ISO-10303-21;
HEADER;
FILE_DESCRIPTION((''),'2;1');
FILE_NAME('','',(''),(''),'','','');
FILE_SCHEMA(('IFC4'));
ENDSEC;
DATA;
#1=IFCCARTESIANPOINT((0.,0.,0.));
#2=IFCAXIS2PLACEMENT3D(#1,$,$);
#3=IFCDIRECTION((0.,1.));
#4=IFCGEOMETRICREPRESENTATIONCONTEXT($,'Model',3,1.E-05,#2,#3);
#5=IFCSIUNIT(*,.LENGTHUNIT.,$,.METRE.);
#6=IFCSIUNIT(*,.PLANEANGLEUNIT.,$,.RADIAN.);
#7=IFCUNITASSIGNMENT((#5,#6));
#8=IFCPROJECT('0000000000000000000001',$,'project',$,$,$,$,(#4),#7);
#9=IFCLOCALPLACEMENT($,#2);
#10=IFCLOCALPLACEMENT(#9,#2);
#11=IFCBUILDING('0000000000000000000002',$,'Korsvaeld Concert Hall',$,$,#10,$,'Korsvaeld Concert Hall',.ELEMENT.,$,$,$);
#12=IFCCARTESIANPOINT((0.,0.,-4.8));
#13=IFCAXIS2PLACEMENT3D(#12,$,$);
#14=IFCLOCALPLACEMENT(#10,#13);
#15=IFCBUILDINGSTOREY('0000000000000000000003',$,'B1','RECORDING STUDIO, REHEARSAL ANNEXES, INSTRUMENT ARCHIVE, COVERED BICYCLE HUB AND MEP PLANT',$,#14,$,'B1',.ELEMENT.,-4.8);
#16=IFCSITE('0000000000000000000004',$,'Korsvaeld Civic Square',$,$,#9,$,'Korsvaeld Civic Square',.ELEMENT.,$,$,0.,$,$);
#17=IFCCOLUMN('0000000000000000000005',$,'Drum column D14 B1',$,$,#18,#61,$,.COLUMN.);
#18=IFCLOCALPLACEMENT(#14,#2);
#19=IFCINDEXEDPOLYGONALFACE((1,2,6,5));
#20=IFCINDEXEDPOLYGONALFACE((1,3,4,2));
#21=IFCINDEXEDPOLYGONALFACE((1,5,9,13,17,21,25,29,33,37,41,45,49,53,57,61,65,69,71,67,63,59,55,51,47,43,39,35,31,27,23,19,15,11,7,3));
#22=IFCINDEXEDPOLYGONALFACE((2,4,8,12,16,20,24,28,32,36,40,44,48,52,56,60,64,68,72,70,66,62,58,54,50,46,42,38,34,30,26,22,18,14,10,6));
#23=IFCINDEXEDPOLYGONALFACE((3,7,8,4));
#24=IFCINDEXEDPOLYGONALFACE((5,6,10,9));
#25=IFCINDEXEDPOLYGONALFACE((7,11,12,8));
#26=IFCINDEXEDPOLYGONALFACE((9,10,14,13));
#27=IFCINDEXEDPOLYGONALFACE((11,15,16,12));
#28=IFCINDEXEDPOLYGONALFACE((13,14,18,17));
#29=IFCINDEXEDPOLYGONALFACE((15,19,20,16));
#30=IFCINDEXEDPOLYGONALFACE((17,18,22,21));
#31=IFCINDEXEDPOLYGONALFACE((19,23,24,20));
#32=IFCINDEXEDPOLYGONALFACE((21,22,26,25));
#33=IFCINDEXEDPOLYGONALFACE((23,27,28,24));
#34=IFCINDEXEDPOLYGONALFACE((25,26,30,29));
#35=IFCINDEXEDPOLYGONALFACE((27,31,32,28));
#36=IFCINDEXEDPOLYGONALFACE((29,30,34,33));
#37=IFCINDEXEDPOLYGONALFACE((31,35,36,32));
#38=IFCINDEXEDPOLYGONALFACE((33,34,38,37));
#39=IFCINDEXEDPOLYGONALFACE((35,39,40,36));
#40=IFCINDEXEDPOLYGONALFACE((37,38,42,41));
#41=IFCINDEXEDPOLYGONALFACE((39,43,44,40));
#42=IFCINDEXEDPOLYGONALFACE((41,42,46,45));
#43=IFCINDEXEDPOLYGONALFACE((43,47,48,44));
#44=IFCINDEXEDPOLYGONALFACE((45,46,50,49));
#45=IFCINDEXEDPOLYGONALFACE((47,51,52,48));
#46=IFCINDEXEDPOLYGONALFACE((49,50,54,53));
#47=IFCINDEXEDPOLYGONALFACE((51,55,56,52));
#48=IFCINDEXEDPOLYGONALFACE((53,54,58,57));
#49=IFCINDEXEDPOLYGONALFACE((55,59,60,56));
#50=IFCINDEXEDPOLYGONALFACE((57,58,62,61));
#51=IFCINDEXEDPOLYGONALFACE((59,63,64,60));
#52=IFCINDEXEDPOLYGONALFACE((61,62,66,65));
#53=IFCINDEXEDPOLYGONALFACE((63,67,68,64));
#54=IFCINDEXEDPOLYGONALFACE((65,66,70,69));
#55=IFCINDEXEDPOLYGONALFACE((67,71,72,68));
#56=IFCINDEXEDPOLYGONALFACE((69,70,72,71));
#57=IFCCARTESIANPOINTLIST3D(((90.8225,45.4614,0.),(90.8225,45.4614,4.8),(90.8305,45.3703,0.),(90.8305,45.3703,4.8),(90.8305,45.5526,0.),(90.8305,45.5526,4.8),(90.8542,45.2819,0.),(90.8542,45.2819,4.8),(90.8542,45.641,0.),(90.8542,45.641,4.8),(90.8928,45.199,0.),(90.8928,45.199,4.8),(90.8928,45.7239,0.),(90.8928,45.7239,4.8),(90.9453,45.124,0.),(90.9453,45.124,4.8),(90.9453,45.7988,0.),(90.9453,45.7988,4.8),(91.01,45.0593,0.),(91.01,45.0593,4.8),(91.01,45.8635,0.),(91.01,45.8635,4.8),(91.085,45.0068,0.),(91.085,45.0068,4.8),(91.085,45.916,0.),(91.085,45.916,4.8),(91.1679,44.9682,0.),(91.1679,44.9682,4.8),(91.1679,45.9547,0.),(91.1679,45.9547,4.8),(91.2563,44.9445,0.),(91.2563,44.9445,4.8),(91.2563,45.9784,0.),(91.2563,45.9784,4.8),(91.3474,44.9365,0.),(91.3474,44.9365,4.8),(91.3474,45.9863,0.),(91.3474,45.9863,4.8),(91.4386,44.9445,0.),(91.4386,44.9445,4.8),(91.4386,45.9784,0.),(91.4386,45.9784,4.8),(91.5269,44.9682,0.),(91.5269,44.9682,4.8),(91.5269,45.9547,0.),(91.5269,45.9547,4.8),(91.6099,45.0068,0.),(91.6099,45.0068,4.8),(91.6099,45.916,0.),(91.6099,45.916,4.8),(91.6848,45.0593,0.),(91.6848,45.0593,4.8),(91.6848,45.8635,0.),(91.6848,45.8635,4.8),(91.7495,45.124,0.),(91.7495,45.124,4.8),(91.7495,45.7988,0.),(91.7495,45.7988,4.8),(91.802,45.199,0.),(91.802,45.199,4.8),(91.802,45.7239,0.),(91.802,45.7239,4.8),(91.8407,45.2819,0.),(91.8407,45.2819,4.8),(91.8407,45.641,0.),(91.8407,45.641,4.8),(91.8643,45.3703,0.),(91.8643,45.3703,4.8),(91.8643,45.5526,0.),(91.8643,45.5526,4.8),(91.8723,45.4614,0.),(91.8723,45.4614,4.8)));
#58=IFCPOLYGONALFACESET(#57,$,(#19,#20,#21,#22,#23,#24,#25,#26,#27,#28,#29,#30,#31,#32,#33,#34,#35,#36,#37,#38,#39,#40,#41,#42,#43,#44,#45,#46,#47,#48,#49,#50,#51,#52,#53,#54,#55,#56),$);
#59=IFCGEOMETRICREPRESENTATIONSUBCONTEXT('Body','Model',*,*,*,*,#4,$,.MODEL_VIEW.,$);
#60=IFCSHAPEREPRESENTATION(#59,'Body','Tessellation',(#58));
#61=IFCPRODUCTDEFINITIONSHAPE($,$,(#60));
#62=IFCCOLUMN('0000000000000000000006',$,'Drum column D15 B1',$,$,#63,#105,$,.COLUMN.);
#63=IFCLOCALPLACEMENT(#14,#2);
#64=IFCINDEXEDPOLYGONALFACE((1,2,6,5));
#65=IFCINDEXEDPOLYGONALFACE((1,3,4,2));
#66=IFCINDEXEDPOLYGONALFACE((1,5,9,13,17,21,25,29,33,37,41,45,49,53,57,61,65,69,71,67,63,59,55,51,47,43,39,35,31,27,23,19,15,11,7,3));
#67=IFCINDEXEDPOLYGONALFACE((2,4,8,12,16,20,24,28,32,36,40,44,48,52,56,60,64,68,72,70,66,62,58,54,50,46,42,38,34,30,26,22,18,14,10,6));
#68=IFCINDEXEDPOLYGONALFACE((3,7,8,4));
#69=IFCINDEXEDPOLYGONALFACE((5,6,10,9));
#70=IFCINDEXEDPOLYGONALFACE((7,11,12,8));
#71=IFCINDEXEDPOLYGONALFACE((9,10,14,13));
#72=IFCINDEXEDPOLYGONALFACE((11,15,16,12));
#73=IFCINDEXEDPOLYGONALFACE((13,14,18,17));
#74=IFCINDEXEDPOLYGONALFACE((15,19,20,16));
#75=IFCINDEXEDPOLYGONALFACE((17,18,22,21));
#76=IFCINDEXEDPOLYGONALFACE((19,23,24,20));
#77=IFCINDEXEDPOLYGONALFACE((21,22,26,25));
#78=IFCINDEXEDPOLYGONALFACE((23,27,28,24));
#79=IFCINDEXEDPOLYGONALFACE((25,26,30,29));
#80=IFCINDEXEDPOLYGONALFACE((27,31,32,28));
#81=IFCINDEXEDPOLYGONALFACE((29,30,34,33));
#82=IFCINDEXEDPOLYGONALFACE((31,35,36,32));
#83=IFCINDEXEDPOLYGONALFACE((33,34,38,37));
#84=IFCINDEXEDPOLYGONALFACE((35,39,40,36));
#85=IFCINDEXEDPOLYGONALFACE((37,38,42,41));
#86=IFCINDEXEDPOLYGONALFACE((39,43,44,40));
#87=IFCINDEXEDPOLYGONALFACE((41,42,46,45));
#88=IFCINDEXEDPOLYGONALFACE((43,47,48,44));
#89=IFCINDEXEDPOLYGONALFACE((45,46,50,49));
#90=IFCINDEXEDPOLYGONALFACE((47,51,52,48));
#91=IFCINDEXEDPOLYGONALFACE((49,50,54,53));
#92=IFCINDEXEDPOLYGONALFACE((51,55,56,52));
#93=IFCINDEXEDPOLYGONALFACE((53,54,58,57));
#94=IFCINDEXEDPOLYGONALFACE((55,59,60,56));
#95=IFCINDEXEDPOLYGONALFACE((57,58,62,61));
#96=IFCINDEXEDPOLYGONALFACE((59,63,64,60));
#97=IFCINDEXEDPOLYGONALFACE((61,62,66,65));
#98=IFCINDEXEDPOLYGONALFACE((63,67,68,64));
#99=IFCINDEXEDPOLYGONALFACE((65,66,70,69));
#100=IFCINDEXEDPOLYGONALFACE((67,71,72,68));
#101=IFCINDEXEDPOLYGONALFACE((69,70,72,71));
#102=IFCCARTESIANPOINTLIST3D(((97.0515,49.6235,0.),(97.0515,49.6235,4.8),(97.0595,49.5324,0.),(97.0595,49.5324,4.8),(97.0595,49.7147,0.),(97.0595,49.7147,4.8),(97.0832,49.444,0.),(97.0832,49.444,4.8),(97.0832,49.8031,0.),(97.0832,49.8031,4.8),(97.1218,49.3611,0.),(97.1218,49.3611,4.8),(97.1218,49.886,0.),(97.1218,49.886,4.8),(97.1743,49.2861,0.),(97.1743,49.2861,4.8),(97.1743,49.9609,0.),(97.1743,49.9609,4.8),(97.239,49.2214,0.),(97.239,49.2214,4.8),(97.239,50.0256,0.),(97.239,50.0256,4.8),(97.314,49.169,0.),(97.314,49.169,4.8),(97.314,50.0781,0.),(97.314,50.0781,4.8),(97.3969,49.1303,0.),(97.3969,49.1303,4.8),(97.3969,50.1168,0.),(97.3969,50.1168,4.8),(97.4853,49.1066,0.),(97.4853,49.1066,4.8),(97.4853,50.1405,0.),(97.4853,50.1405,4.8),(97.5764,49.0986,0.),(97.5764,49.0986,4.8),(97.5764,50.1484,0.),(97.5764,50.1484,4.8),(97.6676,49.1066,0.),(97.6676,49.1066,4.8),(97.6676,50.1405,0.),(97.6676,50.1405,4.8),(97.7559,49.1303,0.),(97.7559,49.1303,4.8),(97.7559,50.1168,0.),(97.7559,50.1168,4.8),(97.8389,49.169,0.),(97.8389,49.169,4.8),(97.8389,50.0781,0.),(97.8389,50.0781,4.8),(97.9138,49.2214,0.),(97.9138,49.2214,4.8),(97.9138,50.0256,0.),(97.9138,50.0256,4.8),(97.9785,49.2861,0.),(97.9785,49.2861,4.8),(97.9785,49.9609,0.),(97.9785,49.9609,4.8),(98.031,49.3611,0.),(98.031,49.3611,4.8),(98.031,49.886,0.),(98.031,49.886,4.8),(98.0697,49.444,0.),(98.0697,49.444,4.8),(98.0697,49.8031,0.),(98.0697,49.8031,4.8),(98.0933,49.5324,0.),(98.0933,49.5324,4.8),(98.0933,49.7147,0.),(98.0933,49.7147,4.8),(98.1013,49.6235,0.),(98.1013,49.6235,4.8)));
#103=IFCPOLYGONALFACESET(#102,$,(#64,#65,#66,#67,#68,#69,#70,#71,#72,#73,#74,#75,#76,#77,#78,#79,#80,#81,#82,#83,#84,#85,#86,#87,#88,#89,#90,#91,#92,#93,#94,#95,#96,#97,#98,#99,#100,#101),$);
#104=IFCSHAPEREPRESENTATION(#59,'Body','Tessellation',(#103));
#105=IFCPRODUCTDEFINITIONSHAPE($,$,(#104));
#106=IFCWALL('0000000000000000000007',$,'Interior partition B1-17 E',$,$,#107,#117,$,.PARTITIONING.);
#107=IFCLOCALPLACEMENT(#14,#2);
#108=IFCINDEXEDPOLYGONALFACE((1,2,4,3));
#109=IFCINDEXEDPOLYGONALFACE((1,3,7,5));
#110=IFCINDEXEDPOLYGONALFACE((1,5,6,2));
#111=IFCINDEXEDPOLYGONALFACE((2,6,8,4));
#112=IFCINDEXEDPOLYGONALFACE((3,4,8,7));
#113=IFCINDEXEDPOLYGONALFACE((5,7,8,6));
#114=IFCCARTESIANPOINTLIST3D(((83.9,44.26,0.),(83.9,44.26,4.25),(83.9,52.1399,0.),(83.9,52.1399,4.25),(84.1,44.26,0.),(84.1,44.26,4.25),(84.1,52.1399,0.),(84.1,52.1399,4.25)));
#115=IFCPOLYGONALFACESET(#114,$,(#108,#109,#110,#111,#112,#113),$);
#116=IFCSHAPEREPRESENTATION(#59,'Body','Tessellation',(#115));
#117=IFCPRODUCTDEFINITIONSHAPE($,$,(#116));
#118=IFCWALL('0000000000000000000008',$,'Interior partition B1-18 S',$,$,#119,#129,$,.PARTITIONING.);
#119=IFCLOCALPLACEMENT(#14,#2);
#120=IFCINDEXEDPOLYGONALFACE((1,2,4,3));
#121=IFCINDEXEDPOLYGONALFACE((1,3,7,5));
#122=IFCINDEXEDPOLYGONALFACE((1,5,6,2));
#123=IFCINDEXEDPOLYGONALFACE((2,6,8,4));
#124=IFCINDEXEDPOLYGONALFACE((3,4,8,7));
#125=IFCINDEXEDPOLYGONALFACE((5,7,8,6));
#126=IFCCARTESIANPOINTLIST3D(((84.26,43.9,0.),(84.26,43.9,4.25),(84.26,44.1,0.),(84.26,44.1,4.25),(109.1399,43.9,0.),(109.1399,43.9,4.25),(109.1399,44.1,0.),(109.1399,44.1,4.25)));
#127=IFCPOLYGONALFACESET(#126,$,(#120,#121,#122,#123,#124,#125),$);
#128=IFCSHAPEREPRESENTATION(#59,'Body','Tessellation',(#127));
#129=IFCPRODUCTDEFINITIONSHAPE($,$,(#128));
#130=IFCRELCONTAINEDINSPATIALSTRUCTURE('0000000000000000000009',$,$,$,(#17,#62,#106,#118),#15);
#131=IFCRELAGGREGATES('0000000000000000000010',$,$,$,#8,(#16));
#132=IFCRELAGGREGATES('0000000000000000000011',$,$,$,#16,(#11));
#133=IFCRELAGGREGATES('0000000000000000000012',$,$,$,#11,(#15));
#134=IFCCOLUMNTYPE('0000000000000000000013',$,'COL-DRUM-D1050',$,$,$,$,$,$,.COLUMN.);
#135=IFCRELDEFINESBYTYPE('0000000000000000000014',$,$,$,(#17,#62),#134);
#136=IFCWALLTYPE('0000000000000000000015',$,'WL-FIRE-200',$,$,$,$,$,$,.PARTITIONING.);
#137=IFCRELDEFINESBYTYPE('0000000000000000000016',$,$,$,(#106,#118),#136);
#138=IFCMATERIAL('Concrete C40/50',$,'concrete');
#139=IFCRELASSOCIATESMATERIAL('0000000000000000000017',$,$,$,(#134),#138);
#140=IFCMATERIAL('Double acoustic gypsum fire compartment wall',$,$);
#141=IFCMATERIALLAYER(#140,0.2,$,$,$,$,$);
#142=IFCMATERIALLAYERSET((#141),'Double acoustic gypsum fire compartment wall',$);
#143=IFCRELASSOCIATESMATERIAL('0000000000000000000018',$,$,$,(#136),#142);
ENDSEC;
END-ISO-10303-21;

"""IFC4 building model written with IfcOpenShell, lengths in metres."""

from ifc_helpers import new_model, si_unit, direction, frame, frame_2d, origin, origin_2d, place, context, subcontext, project, spatial, rectangle, circle, extrude, material, layer, layer_set, material_profile, profile_set, type_object, element, save


model = new_model("IFC4")

# Units and contexts
model_context = context("Model", 3, precision=1e-05, world=origin(), true_north=direction((0.0, 1.0)))
body_context = subcontext(model_context, "Body", "Model", "MODEL_VIEW")
ifc_project = project(units=[si_unit("LENGTHUNIT", "METRE"), si_unit("PLANEANGLEUNIT", "RADIAN")], contexts=[model_context])

# Site, building, storey
site_placement = place(None, origin())
site = spatial("IfcSite", under=ifc_project, at=site_placement, Name="Korsvaeld Civic Square", LongName="Korsvaeld Civic Square", CompositionType="ELEMENT", RefElevation=0.0)
building_placement = place(site_placement, origin())
building = spatial("IfcBuilding", under=site, at=building_placement, Name="Korsvaeld Concert Hall", LongName="Korsvaeld Concert Hall", CompositionType="ELEMENT")
storey_placement = place(building_placement, frame((0.0, 0.0, -4.8)))
storey = spatial("IfcBuildingStorey", under=building, at=storey_placement, Name="B1", Description="RECORDING STUDIO, REHEARSAL ANNEXES, INSTRUMENT ARCHIVE, COVERED BICYCLE HUB AND MEP PLANT", LongName="B1", CompositionType="ELEMENT", Elevation=-4.8)

# Shared definitions
ifc_material_1 = material(Name="Concrete C40/50", Category="concrete")

# Columns
ifc_material_profile_1 = material_profile(ifc_material_1, circle(Radius=0.5249, at=origin_2d()), Name="RC D1050")
ifc_profile_set_1 = profile_set([ifc_material_profile_1], Name="Concrete C40/50")
column_type = type_object("IfcColumnType", Name="COL-DRUM-D1050", PredefinedType="COLUMN", material=ifc_profile_set_1)
for number, where, z_axis, x_axis, name in (
    (1, (91.3474, 45.4614, 0.0), (0.0, 0.0, 1.0), (1.0, 0.0, 0.0), "Drum column D14 B1"),
    (2, (97.5764, 49.6235, 0.0), (0.0, 0.0, 1.0), (1.0, 0.0, 0.0), "Drum column D15 B1"),
):
    element("IfcColumn", number, at=place(storey_placement, frame(where, z_axis=z_axis, x_axis=x_axis)), inside=storey, type_object=column_type, Name=name, PredefinedType="COLUMN", context=body_context, shape_type="SweptSolid", body=[
        extrude(circle(Radius=0.5249, at=origin_2d()), origin(), (0.0, 0.0, 1.0), 4.8),
    ])

# Walls
ifc_material_2 = material(Name="Double acoustic gypsum fire compartment wall")
ifc_layer = layer(ifc_material_2, 0.2)
ifc_layer_set = layer_set([ifc_layer], Name="Double acoustic gypsum fire compartment wall")
wall_type = type_object("IfcWallType", Name="WL-FIRE-200", PredefinedType="PARTITIONING", material=ifc_layer_set)
wall_1_placement = place(storey_placement, frame((84.0, 44.26, 0.0), z_axis=(0.0, 0.0, 1.0), x_axis=(0.0, 1.0, 0.0)))
element("IfcWall", 3, at=wall_1_placement, inside=storey, type_object=wall_type, Name="Interior partition B1-17 E", PredefinedType="PARTITIONING", context=body_context, shape_type="SweptSolid", body=[
    extrude(rectangle(XDim=7.8799, YDim=0.2, at=frame_2d((3.9399, 0.0))), origin(), (0.0, 0.0, 1.0), 4.25),
])
wall_2_placement = place(storey_placement, frame((84.26, 44.0, 0.0), z_axis=(0.0, 0.0, 1.0), x_axis=(1.0, 0.0, 0.0)))
element("IfcWall", 4, at=wall_2_placement, inside=storey, type_object=wall_type, Name="Interior partition B1-18 S", PredefinedType="PARTITIONING", context=body_context, shape_type="SweptSolid", body=[
    extrude(rectangle(XDim=24.8799, YDim=0.2, at=frame_2d((12.4399, 0.0))), origin(), (0.0, 0.0, 1.0), 4.25),
])

save(model, "model.ifc")
